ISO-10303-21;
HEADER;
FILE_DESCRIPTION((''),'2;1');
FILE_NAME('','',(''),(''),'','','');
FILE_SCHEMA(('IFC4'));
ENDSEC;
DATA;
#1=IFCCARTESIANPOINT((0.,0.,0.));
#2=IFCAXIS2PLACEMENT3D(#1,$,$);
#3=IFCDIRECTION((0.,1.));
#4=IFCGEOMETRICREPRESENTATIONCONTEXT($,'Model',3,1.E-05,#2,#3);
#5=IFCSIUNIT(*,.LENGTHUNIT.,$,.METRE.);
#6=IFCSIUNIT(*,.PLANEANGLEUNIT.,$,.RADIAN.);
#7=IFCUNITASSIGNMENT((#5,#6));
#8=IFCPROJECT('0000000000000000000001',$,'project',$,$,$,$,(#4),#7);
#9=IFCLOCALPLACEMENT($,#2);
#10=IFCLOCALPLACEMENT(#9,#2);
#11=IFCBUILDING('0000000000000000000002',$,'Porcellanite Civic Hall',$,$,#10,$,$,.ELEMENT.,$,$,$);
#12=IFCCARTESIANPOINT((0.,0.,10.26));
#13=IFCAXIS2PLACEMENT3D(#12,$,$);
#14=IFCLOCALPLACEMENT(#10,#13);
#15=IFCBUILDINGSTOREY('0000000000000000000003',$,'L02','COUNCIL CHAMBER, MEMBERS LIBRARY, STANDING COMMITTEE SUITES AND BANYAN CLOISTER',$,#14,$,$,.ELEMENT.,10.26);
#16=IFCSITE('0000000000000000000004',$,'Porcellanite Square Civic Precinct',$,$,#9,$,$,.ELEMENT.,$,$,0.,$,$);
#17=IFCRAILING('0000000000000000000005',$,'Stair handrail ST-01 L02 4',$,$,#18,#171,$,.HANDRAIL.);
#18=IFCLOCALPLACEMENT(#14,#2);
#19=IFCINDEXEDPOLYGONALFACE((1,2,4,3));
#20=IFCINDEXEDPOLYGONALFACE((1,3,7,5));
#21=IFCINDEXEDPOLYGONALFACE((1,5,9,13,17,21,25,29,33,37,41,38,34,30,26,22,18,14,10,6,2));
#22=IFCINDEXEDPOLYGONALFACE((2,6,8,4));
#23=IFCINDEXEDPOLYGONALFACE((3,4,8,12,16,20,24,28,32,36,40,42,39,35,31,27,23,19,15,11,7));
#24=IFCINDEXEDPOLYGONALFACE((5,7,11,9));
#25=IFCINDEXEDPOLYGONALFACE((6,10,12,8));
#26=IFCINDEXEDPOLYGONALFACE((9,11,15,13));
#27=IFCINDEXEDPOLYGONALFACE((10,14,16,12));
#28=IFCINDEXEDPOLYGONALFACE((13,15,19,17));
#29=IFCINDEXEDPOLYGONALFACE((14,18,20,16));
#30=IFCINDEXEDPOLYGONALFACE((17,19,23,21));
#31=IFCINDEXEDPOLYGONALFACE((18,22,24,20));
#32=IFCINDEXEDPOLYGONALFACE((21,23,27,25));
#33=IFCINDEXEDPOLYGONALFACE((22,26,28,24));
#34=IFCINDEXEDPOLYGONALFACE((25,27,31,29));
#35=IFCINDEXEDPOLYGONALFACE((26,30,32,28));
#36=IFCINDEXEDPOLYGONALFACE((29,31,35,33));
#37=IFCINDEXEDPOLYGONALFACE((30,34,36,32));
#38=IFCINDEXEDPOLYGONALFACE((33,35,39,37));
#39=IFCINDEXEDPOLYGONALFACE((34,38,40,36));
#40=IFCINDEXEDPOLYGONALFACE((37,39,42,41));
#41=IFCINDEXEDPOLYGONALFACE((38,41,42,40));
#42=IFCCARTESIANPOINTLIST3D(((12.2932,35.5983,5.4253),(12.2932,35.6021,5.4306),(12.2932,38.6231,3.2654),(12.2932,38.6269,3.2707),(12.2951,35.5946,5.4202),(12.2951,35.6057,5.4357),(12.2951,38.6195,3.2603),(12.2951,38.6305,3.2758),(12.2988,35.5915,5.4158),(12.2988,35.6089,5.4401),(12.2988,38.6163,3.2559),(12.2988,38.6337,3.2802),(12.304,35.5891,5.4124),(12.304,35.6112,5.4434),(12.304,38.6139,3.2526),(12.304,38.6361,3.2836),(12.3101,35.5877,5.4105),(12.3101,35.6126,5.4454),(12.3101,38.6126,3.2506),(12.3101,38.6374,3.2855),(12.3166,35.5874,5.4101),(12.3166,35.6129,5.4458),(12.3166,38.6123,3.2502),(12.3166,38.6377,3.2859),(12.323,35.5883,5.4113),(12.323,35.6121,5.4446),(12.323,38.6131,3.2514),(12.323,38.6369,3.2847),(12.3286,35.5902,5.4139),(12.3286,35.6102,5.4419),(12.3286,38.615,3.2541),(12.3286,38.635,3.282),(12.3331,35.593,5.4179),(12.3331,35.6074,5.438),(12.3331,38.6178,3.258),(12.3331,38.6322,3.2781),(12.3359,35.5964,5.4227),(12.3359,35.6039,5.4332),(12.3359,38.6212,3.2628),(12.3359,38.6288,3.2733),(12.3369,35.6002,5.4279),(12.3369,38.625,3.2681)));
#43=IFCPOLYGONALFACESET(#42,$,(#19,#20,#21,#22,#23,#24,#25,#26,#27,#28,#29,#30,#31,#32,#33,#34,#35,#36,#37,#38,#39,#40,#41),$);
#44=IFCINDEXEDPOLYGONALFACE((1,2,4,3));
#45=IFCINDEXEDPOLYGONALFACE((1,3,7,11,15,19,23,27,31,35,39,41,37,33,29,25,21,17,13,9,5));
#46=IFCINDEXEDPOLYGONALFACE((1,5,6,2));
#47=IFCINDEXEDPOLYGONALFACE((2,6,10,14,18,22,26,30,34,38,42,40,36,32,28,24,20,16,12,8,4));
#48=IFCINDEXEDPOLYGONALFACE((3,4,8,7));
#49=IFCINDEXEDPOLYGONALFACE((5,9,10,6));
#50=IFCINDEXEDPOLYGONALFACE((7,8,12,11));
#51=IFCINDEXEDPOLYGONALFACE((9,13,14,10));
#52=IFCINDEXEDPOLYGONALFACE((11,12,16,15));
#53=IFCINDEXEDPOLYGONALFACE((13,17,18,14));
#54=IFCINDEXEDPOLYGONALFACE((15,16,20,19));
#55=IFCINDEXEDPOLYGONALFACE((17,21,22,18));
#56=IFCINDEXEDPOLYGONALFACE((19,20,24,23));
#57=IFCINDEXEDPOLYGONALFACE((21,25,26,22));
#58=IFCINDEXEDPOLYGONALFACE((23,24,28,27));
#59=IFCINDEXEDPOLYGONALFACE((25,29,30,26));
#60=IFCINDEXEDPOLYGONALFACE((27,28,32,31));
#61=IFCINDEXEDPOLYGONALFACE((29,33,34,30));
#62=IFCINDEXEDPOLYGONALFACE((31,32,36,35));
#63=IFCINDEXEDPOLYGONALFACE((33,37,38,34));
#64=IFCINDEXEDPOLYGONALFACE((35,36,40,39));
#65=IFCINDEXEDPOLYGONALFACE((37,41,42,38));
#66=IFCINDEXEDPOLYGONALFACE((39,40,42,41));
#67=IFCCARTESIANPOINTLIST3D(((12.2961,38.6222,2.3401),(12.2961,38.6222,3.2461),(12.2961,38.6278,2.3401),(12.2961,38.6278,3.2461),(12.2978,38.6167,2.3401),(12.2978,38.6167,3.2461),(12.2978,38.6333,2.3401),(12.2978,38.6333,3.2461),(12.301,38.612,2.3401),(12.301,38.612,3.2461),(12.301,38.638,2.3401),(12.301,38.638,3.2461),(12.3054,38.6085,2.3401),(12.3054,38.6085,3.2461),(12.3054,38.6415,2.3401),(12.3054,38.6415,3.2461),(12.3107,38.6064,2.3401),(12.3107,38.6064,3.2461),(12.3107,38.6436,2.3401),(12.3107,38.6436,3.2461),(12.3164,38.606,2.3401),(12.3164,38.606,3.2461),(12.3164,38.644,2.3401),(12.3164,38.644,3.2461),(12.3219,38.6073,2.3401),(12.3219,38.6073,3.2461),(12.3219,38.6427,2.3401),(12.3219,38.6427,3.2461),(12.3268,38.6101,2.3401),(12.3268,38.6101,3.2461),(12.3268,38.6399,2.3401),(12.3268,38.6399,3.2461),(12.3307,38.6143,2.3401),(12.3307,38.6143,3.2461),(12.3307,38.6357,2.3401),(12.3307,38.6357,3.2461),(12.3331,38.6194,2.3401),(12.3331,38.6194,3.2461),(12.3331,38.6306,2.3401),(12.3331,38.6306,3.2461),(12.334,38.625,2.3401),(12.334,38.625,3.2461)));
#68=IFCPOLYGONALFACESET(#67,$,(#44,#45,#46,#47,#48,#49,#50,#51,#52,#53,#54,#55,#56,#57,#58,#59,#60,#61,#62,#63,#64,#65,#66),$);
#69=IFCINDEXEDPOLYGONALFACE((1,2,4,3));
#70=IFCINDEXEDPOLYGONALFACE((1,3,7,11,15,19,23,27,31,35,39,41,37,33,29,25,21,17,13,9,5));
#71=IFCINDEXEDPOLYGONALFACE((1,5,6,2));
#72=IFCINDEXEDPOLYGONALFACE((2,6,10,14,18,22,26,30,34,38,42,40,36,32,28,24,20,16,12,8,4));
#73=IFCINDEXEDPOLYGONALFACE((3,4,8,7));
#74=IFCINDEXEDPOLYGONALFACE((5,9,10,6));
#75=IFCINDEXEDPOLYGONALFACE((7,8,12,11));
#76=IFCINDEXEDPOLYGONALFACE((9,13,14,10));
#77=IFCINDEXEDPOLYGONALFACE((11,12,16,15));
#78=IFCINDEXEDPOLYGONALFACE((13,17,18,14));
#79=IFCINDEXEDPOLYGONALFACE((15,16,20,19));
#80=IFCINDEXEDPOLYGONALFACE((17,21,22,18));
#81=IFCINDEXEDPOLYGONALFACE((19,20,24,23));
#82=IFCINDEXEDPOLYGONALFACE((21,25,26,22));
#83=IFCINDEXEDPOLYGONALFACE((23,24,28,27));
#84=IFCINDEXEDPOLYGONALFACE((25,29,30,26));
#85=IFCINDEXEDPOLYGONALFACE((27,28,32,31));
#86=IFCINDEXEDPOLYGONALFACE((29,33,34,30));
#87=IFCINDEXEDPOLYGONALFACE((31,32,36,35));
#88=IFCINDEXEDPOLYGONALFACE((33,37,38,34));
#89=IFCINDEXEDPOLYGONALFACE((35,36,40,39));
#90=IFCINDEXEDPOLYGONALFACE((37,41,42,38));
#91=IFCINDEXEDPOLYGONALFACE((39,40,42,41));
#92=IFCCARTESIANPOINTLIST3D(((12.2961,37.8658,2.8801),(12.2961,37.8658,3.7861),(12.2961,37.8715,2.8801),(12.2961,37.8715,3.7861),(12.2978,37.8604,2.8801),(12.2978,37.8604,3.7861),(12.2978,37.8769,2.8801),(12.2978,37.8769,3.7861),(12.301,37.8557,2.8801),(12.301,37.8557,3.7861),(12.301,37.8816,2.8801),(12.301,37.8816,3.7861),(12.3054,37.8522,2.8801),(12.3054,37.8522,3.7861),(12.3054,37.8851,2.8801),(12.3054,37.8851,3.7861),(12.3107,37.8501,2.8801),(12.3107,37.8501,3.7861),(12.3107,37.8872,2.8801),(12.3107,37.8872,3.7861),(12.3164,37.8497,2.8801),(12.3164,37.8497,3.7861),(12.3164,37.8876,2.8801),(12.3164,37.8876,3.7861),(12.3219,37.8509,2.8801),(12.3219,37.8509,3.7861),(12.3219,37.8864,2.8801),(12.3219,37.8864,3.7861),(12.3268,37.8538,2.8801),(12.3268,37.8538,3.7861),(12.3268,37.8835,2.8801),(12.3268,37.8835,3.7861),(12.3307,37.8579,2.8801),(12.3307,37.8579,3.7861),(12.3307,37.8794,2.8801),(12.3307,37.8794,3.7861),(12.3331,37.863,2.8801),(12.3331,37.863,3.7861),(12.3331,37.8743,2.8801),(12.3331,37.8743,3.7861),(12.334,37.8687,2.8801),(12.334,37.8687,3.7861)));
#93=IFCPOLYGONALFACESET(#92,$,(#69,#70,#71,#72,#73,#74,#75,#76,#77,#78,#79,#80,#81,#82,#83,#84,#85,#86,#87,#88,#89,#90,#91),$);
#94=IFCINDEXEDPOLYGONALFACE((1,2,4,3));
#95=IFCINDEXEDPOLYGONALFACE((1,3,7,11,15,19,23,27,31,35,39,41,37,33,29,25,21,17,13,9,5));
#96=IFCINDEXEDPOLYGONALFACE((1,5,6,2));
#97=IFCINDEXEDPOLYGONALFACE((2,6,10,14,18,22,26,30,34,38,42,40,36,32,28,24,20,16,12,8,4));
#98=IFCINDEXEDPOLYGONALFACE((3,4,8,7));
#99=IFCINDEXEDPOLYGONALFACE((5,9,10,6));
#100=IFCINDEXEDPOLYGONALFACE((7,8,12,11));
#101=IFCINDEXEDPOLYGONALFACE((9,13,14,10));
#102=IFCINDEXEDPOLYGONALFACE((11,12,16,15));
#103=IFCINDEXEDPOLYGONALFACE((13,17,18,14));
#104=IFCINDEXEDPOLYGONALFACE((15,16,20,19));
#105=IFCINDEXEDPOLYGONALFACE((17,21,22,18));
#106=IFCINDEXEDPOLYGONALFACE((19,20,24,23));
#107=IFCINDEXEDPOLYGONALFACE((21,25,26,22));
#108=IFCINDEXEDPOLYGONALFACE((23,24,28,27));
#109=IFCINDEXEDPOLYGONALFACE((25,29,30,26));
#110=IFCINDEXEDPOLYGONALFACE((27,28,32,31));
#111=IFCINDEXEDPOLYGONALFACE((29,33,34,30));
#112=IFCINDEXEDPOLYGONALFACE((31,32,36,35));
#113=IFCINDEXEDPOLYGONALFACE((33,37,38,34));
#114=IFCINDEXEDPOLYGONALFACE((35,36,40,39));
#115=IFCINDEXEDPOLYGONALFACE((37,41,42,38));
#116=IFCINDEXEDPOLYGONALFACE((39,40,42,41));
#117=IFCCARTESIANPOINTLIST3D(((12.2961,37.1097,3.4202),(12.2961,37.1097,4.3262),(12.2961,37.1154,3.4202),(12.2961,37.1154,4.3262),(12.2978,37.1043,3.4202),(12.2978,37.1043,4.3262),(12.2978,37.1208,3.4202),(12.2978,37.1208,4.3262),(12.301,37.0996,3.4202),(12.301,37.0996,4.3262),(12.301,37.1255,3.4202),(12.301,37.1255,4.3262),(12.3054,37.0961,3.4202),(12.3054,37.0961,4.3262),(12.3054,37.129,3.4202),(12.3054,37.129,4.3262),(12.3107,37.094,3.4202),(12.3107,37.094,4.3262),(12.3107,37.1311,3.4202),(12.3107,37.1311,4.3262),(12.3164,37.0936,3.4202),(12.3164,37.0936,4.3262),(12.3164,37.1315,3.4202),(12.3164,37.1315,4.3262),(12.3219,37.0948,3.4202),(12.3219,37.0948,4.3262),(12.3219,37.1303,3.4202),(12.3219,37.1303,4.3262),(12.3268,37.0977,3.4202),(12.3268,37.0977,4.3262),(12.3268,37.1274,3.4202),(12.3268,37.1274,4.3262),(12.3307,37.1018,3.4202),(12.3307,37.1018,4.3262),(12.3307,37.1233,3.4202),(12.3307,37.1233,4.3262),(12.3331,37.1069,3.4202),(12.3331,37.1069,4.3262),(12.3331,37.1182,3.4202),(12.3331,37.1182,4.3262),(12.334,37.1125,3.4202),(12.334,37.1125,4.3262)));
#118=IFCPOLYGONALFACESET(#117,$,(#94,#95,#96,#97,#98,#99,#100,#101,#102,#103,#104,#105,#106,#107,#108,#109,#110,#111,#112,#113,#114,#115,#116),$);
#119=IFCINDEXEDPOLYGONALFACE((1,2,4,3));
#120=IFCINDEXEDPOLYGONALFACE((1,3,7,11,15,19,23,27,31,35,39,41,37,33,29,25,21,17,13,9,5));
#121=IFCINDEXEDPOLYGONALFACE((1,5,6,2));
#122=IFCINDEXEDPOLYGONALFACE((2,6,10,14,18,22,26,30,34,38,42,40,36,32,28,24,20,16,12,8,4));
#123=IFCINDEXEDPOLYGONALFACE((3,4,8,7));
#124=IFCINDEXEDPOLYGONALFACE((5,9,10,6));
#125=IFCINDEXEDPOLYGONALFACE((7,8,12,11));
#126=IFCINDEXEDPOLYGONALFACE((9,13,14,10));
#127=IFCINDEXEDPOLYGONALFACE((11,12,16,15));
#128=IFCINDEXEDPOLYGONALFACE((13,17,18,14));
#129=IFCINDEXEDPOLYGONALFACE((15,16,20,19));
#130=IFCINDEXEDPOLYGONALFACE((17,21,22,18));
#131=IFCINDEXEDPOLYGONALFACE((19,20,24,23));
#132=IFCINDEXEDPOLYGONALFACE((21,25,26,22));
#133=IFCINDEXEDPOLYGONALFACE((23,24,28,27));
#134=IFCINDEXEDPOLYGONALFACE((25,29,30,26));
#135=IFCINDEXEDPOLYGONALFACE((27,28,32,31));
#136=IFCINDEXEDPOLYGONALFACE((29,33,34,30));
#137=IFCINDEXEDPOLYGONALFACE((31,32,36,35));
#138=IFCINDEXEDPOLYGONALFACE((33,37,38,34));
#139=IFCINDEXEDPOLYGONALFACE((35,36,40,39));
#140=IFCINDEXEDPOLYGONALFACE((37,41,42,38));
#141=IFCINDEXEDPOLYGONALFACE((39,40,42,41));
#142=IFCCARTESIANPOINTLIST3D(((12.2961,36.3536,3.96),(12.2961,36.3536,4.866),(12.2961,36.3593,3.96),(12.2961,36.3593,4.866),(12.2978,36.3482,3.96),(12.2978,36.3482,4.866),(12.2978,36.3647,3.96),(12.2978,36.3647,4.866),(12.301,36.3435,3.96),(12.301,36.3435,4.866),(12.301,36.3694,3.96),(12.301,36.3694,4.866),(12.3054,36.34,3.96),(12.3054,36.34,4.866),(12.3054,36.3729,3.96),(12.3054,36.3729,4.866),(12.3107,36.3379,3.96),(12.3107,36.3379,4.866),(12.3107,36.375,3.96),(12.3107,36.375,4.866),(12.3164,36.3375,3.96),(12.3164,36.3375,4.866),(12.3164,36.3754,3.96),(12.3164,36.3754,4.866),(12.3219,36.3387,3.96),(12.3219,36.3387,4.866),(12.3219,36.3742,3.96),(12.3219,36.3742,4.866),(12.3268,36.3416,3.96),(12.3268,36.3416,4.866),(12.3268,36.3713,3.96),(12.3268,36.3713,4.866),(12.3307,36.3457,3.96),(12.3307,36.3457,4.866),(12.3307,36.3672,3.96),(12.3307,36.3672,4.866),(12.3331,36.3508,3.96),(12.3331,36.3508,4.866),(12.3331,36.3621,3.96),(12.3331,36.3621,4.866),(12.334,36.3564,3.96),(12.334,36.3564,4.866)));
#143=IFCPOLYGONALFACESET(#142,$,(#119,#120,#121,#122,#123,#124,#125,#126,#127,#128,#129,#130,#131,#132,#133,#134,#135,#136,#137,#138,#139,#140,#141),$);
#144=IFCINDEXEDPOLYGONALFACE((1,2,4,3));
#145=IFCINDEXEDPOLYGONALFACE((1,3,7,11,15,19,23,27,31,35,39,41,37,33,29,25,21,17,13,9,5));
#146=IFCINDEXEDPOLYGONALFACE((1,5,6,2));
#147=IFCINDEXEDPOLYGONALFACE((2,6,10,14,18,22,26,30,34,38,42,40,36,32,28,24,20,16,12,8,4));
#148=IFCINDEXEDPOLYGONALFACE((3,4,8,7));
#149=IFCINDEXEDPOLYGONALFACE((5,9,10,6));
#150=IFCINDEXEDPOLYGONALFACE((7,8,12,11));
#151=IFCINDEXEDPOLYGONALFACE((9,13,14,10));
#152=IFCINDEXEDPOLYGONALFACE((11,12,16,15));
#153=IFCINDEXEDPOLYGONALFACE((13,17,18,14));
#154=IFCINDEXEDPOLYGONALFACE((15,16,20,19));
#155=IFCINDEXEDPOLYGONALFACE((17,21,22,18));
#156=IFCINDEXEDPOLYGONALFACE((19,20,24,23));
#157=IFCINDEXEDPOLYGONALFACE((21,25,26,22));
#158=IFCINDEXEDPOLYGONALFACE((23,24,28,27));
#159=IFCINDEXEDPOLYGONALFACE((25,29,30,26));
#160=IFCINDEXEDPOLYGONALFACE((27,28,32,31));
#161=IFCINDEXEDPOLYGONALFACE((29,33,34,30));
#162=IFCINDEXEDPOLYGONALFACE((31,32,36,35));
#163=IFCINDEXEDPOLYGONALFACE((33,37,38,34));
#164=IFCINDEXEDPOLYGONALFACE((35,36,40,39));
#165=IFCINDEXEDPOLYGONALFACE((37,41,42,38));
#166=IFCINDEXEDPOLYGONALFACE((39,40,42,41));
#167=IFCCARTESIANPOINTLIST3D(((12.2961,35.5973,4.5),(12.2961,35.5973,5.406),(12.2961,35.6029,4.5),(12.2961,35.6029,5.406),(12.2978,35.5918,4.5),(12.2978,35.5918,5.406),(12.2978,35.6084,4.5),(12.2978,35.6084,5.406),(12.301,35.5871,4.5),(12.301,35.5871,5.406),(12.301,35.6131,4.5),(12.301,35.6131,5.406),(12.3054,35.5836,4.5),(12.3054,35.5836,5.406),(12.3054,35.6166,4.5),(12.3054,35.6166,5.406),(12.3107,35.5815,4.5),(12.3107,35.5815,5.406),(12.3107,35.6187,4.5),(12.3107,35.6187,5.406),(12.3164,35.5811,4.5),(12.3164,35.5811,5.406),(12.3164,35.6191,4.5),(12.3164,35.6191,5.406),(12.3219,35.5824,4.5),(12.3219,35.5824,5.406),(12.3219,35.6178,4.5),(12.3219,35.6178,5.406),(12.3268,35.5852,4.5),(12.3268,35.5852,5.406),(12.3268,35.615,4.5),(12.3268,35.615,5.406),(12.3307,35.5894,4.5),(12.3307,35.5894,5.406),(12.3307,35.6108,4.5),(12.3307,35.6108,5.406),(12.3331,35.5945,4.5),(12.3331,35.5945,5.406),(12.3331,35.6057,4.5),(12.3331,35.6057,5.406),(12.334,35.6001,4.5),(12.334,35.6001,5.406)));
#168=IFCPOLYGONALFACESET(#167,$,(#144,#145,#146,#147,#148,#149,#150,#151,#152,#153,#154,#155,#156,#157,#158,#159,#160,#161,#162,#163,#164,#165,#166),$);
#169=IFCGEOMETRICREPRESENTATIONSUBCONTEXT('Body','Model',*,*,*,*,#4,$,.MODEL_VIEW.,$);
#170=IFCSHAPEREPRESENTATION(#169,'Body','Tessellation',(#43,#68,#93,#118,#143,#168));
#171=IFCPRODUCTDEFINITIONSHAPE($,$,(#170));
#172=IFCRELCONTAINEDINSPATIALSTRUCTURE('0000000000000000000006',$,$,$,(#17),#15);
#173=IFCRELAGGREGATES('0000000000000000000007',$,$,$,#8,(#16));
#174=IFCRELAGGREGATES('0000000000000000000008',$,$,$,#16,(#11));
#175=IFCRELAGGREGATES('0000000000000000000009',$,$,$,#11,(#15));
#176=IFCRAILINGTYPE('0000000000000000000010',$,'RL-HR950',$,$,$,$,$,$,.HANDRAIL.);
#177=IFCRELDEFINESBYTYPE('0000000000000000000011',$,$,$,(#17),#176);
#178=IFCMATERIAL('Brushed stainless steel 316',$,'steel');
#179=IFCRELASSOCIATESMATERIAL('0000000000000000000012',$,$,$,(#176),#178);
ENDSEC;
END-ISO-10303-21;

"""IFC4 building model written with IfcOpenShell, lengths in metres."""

from ifc_helpers import new_model, si_unit, direction, frame, origin, origin_2d, place, context, subcontext, project, spatial, circle, extrude, material, type_object, element, save


model = new_model("IFC4")

# Units and contexts
model_context = context("Model", 3, precision=1e-05, world=origin(), true_north=direction((0.0, 1.0)))
body_context = subcontext(model_context, "Body", "Model", "MODEL_VIEW")
ifc_project = project(units=[si_unit("LENGTHUNIT", "METRE"), si_unit("PLANEANGLEUNIT", "RADIAN")], contexts=[model_context])

# Site, building, storey
site_placement = place(None, origin())
site = spatial("IfcSite", under=ifc_project, at=site_placement, Name="Porcellanite Square Civic Precinct", CompositionType="ELEMENT", RefElevation=0.0)
building_placement = place(site_placement, origin())
building = spatial("IfcBuilding", under=site, at=building_placement, Name="Porcellanite Civic Hall", CompositionType="ELEMENT")
storey_placement = place(building_placement, frame((0.0, 0.0, 10.26)))
storey = spatial("IfcBuildingStorey", under=building, at=storey_placement, Name="L02", Description="COUNCIL CHAMBER, MEMBERS LIBRARY, STANDING COMMITTEE SUITES AND BANYAN CLOISTER", CompositionType="ELEMENT", Elevation=10.26)

# Railing
ifc_material_1 = material(Name="Brushed stainless steel 316", Category="steel")
railing_type_1 = type_object("IfcRailingType", Name="RL-HR950", PredefinedType="HANDRAIL", material=ifc_material_1)
railing_1_placement = place(storey_placement, frame((12.3149, 38.625, 2.3401)))
element("IfcRailing", 1, at=railing_1_placement, inside=storey, type_object=railing_type_1, Name="Stair handrail ST-01 L02 4", PredefinedType="HANDRAIL", context=body_context, shape_type="SweptSolid", body=[
    extrude(circle(Radius=0.022, at=origin_2d()), frame((0.0, 0.0, 0.928), z_axis=(0.0, -0.813827, 0.581108), x_axis=(1.0, 0.0, 0.0)), (0.0, 0.0, 1.0), 3.7168),
    extrude(circle(Radius=0.019, at=origin_2d()), origin(), (0.0, 0.0, 1.0), 0.906),
    extrude(circle(Radius=0.019, at=origin_2d()), frame((0.0, -0.7563, 0.54)), (0.0, 0.0, 1.0), 0.906),
    extrude(circle(Radius=0.019, at=origin_2d()), frame((0.0, -1.5125, 1.0801)), (0.0, 0.0, 1.0), 0.906),
    extrude(circle(Radius=0.019, at=origin_2d()), frame((0.0, -2.2686, 1.6199)), (0.0, 0.0, 1.0), 0.906),
    extrude(circle(Radius=0.019, at=origin_2d()), frame((0.0, -3.0249, 2.1599)), (0.0, 0.0, 1.0), 0.906),
])

save(model, "model.ifc")
